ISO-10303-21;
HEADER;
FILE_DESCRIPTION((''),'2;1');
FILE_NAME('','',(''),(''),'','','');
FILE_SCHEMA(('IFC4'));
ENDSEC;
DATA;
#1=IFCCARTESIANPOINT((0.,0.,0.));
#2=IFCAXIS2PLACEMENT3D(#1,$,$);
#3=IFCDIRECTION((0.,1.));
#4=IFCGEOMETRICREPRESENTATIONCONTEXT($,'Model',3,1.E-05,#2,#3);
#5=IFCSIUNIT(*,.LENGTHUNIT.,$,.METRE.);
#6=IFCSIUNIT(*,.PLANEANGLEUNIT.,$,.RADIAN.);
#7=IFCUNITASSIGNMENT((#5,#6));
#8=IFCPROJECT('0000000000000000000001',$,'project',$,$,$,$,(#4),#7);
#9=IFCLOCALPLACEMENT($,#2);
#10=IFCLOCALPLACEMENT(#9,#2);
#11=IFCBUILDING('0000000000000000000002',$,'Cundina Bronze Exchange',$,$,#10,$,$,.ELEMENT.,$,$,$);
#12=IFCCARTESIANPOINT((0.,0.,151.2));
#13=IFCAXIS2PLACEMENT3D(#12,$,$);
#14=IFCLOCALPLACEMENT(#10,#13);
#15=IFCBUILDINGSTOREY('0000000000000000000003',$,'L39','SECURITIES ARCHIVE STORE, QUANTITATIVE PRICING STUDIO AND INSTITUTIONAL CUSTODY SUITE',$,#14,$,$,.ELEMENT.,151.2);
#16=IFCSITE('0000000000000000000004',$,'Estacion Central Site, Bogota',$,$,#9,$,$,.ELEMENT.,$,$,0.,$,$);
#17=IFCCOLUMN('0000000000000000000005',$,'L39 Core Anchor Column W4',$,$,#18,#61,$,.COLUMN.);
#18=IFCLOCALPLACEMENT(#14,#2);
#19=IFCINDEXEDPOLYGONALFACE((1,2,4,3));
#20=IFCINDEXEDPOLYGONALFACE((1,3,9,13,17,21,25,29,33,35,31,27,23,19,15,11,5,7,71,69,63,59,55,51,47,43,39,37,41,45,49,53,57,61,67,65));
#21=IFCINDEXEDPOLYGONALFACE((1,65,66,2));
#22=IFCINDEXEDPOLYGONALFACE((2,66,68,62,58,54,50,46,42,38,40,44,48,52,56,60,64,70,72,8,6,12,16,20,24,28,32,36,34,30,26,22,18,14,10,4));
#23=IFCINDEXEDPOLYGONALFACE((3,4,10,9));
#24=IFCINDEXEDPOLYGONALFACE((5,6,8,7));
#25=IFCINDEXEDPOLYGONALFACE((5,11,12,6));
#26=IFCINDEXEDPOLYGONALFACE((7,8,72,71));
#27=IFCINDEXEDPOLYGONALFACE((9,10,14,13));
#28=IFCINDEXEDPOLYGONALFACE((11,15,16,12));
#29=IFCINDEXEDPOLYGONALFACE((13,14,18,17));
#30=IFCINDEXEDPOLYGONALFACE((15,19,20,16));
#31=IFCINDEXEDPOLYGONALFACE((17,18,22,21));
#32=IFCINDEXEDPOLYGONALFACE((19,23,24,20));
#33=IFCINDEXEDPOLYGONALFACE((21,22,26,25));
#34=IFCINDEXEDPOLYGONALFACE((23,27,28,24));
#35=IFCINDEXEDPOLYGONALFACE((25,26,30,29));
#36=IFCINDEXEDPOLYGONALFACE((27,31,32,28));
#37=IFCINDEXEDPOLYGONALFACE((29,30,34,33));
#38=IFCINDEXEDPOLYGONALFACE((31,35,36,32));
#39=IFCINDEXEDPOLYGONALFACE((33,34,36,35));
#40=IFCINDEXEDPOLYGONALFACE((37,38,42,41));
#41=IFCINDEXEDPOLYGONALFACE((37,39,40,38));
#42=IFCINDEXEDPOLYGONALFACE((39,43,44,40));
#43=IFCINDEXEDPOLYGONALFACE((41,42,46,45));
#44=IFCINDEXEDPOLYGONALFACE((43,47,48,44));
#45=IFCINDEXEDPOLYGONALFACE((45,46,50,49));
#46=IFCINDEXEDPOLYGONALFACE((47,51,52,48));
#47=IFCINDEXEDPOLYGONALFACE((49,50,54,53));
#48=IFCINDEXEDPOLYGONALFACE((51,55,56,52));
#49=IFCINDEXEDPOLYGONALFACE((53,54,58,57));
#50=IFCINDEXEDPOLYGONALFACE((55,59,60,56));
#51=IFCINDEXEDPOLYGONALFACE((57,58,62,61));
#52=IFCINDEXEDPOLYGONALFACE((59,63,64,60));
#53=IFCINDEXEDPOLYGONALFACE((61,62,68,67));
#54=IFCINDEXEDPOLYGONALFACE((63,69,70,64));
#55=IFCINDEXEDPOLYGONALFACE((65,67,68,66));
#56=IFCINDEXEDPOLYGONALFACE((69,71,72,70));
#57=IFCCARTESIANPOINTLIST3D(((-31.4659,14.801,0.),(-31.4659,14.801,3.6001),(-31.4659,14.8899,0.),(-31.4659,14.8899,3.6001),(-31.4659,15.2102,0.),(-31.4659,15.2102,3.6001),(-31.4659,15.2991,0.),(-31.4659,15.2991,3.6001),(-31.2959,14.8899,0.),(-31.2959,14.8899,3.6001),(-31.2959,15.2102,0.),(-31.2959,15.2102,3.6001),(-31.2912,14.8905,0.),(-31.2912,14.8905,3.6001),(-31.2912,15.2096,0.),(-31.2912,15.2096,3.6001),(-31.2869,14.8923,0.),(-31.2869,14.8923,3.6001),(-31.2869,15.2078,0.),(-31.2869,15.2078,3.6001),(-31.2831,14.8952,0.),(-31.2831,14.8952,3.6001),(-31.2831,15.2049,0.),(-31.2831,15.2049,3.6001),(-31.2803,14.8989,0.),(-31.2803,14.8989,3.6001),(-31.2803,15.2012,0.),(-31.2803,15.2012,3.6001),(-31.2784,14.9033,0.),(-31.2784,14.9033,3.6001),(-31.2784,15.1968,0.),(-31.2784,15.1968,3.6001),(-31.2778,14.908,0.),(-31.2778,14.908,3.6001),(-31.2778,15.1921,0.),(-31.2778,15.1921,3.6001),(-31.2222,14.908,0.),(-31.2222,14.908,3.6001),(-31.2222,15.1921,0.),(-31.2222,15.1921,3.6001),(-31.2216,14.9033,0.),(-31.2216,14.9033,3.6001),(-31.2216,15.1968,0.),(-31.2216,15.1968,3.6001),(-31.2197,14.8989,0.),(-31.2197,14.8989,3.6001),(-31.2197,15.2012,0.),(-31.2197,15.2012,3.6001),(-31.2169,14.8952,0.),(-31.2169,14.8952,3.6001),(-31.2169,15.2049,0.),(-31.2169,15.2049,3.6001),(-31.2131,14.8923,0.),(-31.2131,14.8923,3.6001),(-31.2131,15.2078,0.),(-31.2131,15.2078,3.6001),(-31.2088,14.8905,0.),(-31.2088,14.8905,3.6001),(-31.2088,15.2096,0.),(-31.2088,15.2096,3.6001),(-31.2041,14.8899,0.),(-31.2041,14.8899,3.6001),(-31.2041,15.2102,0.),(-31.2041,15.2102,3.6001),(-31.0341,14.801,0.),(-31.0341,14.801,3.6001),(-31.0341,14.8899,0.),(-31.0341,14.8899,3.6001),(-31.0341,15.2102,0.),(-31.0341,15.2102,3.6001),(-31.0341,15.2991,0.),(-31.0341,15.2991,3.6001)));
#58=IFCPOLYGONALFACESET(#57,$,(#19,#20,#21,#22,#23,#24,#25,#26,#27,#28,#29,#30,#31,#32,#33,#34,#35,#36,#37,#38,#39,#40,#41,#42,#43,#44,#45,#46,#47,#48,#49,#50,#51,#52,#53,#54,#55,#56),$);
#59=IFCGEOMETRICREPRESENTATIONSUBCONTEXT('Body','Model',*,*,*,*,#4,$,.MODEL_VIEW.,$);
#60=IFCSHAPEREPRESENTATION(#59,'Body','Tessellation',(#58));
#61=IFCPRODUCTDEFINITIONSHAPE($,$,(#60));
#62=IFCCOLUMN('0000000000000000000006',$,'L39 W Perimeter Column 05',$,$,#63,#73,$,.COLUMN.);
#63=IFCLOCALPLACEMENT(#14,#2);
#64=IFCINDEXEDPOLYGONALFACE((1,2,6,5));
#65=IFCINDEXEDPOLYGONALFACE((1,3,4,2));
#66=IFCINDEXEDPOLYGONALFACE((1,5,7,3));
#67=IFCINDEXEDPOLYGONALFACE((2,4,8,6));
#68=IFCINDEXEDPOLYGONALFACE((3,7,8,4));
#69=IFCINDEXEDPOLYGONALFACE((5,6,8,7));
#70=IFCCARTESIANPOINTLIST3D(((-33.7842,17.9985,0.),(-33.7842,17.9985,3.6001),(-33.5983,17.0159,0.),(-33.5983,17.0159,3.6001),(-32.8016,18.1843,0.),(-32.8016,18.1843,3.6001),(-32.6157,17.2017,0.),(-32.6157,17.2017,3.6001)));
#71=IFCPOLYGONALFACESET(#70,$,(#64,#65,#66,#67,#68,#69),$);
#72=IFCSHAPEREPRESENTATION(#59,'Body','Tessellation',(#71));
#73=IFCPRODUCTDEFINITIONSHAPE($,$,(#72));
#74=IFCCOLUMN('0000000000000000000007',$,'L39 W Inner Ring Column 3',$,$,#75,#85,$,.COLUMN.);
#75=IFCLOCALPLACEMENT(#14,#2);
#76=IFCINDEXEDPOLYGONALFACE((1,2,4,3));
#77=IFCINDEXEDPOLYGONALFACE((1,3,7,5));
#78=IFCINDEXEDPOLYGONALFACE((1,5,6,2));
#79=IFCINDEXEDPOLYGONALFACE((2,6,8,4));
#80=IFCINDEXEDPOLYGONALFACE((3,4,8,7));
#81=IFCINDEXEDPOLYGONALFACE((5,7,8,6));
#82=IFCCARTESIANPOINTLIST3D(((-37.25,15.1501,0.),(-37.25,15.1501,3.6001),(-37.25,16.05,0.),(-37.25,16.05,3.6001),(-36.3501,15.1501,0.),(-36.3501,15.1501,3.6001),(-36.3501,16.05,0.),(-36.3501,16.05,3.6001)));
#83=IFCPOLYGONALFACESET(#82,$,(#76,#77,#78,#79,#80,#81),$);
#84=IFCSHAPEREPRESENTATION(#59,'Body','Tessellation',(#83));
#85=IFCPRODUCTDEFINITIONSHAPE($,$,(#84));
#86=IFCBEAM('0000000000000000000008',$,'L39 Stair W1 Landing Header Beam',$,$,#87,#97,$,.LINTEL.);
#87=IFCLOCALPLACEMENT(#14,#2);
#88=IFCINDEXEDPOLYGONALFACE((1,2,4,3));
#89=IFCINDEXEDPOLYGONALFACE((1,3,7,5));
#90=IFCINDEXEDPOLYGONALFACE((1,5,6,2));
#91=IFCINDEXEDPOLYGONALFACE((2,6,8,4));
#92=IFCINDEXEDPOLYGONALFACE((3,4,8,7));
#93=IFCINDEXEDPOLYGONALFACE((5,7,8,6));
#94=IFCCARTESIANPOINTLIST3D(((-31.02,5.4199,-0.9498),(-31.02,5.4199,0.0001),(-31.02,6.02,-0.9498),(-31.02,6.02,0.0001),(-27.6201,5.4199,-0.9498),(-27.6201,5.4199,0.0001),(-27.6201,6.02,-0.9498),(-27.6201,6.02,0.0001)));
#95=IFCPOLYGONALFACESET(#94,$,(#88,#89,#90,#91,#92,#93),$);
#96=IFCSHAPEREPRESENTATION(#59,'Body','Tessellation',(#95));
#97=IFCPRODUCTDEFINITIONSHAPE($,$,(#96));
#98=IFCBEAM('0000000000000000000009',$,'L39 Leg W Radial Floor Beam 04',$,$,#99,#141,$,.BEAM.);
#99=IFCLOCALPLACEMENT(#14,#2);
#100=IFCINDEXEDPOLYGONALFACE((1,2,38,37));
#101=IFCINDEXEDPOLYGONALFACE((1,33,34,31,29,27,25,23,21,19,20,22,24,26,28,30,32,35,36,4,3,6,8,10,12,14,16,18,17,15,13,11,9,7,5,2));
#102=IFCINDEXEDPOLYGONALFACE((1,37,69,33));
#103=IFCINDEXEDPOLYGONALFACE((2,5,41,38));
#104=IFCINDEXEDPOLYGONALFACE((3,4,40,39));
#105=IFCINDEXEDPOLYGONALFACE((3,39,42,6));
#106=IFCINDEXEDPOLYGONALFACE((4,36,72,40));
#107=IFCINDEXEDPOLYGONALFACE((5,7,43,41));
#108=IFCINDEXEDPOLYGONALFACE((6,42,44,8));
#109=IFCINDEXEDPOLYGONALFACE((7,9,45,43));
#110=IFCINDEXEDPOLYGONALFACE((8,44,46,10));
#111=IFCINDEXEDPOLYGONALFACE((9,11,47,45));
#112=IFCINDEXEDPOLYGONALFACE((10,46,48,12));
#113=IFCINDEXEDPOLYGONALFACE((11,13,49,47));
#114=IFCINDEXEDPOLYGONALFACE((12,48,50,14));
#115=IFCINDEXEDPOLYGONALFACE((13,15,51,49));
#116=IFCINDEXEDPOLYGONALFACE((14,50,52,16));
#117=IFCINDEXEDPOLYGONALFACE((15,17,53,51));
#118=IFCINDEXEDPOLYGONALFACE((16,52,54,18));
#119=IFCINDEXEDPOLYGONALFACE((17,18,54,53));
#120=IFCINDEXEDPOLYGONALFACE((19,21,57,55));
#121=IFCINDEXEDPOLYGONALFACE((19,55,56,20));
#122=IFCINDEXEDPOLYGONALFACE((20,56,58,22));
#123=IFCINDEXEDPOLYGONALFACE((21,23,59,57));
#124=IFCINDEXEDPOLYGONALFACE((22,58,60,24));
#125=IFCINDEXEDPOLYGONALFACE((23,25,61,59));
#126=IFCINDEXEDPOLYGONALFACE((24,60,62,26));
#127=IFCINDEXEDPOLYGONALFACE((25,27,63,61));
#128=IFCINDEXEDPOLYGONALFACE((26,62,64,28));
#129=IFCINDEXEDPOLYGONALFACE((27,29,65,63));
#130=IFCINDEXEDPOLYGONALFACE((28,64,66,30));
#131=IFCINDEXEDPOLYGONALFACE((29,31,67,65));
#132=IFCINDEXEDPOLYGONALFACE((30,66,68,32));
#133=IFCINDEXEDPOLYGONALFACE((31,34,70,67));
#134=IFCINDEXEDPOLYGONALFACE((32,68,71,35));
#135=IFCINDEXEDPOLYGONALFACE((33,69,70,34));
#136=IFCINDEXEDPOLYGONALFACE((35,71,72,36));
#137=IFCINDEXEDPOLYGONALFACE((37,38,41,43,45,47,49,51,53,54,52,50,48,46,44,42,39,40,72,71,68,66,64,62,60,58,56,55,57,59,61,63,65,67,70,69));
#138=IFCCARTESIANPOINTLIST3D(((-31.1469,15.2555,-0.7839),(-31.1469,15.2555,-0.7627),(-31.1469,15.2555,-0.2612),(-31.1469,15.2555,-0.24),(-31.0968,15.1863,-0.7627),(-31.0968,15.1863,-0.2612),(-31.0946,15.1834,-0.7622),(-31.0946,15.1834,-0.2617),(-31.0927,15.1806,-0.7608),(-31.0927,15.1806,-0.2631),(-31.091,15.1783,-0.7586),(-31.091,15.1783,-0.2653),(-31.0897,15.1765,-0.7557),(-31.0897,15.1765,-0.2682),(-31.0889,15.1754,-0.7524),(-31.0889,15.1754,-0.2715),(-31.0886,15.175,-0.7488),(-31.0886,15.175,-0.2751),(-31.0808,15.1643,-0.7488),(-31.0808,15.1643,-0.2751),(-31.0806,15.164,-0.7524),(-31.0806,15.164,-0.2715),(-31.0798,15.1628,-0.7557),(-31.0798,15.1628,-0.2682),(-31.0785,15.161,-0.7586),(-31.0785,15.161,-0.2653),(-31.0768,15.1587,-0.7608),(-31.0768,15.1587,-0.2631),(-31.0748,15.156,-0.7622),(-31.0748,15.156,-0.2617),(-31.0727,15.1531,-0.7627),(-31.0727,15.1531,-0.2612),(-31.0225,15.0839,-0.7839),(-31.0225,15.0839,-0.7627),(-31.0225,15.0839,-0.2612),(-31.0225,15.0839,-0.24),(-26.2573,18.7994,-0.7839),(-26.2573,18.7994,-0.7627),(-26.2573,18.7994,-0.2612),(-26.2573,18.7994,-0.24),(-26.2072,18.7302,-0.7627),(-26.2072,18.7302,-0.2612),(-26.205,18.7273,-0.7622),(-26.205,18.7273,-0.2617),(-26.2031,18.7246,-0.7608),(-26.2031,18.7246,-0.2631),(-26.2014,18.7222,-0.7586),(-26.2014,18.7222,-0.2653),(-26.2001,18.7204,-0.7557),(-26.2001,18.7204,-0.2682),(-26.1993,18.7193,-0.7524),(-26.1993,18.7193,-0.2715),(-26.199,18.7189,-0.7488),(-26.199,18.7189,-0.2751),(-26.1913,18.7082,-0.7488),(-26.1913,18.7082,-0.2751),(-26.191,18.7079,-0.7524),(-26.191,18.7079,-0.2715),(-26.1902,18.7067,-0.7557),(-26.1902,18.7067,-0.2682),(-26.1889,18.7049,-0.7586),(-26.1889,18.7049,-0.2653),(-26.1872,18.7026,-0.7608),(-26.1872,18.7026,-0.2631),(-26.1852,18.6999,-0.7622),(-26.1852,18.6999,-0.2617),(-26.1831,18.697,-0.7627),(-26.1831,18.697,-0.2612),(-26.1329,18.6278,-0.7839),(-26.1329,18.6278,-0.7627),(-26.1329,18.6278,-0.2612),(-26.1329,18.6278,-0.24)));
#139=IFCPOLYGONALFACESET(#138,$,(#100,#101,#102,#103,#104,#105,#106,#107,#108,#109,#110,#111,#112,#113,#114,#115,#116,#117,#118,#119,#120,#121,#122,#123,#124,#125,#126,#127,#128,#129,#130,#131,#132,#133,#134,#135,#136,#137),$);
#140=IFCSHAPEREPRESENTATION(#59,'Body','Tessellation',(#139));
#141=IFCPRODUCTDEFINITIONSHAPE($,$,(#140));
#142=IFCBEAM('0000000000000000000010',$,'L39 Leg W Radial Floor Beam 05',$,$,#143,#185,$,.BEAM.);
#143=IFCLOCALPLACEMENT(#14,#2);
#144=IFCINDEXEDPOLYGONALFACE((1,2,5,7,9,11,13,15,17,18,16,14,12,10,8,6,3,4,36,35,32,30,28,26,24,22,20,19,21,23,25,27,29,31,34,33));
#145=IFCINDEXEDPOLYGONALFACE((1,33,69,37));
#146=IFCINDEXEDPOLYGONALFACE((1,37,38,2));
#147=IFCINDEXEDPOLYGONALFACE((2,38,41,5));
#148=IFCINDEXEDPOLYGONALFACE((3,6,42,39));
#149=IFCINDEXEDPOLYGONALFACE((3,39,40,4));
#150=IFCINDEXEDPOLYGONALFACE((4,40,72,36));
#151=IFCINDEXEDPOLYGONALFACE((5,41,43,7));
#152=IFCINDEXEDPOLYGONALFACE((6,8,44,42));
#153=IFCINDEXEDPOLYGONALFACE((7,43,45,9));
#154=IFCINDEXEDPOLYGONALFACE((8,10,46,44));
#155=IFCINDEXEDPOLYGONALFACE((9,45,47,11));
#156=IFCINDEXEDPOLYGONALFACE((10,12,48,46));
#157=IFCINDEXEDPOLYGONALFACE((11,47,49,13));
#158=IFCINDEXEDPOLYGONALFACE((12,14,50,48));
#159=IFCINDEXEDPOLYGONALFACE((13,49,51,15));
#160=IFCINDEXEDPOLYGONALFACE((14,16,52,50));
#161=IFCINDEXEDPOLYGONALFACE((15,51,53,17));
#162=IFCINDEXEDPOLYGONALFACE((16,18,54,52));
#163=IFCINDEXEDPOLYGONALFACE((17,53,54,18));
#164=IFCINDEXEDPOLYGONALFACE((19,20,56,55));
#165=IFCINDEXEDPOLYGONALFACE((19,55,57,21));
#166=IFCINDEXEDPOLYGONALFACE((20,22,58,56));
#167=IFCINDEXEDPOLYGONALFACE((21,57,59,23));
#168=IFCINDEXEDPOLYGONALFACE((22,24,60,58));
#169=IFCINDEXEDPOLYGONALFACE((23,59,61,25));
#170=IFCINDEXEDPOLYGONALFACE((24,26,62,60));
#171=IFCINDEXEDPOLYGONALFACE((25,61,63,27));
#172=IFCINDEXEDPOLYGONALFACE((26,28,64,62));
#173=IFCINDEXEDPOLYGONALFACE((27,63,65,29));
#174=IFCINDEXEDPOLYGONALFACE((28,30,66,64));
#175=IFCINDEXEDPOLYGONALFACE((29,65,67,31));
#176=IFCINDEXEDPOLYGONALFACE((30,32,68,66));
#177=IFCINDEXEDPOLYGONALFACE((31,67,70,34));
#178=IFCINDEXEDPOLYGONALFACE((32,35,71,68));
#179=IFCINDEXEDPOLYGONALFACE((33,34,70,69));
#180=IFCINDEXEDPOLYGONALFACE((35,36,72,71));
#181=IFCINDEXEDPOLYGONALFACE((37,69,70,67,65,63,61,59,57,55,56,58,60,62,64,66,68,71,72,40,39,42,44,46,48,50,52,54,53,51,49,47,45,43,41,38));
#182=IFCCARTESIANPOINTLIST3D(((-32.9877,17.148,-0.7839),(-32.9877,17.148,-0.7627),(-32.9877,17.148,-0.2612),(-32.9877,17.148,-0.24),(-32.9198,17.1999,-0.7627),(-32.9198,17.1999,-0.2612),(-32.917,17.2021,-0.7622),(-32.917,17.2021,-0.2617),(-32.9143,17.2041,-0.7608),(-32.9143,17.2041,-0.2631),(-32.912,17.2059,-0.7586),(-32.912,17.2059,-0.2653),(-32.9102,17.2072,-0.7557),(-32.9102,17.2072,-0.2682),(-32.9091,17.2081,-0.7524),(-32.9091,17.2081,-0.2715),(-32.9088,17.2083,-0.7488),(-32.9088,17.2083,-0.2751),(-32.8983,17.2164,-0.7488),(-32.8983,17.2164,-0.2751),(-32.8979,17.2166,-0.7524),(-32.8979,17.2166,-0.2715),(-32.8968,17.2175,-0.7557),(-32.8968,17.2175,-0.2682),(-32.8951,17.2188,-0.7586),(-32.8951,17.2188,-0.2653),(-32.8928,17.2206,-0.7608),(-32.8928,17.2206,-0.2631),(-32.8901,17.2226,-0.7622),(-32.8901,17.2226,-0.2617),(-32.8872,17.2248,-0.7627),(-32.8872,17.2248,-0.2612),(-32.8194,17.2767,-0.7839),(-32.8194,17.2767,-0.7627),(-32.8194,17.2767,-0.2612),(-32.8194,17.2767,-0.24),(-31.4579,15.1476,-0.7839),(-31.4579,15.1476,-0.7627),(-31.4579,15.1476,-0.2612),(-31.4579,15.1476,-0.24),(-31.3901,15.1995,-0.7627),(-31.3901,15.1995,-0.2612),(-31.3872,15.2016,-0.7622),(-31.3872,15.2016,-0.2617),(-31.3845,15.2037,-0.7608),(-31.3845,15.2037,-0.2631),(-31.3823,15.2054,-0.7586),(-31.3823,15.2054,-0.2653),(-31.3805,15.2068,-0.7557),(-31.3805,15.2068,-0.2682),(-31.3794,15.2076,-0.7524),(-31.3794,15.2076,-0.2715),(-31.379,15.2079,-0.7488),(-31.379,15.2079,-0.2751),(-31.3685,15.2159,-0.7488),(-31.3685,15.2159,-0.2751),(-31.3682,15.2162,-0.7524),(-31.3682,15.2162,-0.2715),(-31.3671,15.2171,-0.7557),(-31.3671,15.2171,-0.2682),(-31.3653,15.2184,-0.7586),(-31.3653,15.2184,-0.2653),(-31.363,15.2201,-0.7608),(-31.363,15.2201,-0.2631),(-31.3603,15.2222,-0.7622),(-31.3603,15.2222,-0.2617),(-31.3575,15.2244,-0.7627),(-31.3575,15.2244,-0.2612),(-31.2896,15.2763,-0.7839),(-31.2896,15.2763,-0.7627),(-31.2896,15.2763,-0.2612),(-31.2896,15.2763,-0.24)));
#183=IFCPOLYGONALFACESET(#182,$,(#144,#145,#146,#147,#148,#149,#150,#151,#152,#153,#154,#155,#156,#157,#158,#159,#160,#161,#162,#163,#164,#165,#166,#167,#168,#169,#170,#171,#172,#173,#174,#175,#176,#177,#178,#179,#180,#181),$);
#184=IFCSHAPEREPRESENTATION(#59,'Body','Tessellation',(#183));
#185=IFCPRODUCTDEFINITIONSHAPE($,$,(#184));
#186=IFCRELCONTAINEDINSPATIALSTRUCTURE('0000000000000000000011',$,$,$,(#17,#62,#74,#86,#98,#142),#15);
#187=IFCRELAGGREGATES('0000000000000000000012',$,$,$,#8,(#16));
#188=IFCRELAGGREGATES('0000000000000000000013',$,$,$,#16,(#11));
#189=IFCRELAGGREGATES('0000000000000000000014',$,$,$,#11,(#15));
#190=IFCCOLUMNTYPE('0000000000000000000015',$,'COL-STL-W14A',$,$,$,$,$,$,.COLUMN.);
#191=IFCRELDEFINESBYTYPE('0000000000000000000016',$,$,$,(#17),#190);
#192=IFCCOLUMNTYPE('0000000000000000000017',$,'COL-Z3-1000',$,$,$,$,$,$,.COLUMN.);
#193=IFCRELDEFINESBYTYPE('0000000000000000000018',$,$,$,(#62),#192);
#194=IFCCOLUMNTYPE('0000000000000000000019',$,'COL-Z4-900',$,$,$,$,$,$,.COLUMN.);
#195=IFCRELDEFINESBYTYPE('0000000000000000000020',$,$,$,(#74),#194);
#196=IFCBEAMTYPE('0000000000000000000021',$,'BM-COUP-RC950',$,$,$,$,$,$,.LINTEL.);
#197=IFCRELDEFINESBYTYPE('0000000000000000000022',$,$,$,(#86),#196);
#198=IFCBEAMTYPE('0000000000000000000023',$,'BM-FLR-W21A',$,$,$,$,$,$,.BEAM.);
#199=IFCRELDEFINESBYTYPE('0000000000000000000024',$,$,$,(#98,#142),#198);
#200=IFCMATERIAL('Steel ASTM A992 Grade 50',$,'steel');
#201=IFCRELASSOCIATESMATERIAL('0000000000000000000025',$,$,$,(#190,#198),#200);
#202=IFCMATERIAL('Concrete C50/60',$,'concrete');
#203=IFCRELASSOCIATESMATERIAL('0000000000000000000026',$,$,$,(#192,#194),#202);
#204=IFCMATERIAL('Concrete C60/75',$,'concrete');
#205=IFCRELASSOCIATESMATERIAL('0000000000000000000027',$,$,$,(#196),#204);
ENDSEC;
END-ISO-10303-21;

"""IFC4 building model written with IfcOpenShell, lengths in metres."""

from ifc_helpers import new_model, si_unit, direction, frame, origin, origin_2d, place, context, subcontext, project, spatial, rectangle, i_section, extrude, material, material_profile, profile_set, type_object, element, save


model = new_model("IFC4")

# Units and contexts
model_context = context("Model", 3, precision=1e-05, world=origin(), true_north=direction((0.0, 1.0)))
body_context = subcontext(model_context, "Body", "Model", "MODEL_VIEW")
ifc_project = project(units=[si_unit("LENGTHUNIT", "METRE"), si_unit("PLANEANGLEUNIT", "RADIAN")], contexts=[model_context])

# Site, building, storey
site_placement = place(None, origin())
site = spatial("IfcSite", under=ifc_project, at=site_placement, Name="Estacion Central Site, Bogota", CompositionType="ELEMENT", RefElevation=0.0)
building_placement = place(site_placement, origin())
building = spatial("IfcBuilding", under=site, at=building_placement, Name="Cundina Bronze Exchange", CompositionType="ELEMENT")
storey_placement = place(building_placement, frame((0.0, 0.0, 151.2)))
storey = spatial("IfcBuildingStorey", under=building, at=storey_placement, Name="L39", Description="SECURITIES ARCHIVE STORE, QUANTITATIVE PRICING STUDIO AND INSTITUTIONAL CUSTODY SUITE", CompositionType="ELEMENT", Elevation=151.2)

# Columns
ifc_material_1 = material(Name="Steel ASTM A992 Grade 50", Category="steel")
ifc_material_profile_1 = material_profile(ifc_material_1, i_section(OverallWidth=0.4319, OverallDepth=0.498, WebThickness=0.0557, FlangeThickness=0.0889, FilletRadius=0.0181, at=origin_2d()), Name="W14X500", Category="steel")
ifc_profile_set_1 = profile_set([ifc_material_profile_1], Name="Steel ASTM A992 Grade 50")
column_type_1 = type_object("IfcColumnType", Name="COL-STL-W14A", PredefinedType="COLUMN", material=ifc_profile_set_1)
column_1_placement = place(storey_placement, frame((-31.25, 15.05, 0.0), z_axis=(0.0, 0.0, 1.0), x_axis=(1.0, 0.0, 0.0)))
element("IfcColumn", 1, at=column_1_placement, inside=storey, type_object=column_type_1, Name="L39 Core Anchor Column W4", PredefinedType="COLUMN", context=body_context, shape_type="SweptSolid", body=[
    extrude(i_section(OverallWidth=0.4319, OverallDepth=0.498, WebThickness=0.0557, FlangeThickness=0.0889, FilletRadius=0.0181, at=origin_2d()), origin(), (0.0, 0.0, 1.0), 3.6001),
])
ifc_material_2 = material(Name="Concrete C50/60", Category="concrete")
ifc_material_profile_2 = material_profile(ifc_material_2, rectangle(XDim=1.0, YDim=1.0, at=origin_2d()), Name="RC1000X1000", Category="concrete")
ifc_profile_set_2 = profile_set([ifc_material_profile_2], Name="Concrete C50/60")
column_type_2 = type_object("IfcColumnType", Name="COL-Z3-1000", PredefinedType="COLUMN", material=ifc_profile_set_2)
column_2_placement = place(storey_placement, frame((-33.2, 17.6001, 0.0), z_axis=(0.0, 0.0, 1.0), x_axis=(-0.98258, -0.185838, 0.0)))
element("IfcColumn", 2, at=column_2_placement, inside=storey, type_object=column_type_2, Name="L39 W Perimeter Column 05", PredefinedType="COLUMN", context=body_context, shape_type="SweptSolid", body=[
    extrude(rectangle(XDim=1.0, YDim=1.0, at=origin_2d()), origin(), (0.0, 0.0, 1.0), 3.6001),
])
ifc_material_profile_3 = material_profile(ifc_material_2, rectangle(XDim=0.8999, YDim=0.8999, at=origin_2d()), Name="RC900X900", Category="concrete")
ifc_profile_set_3 = profile_set([ifc_material_profile_3], Name="Concrete C50/60")
column_type_3 = type_object("IfcColumnType", Name="COL-Z4-900", PredefinedType="COLUMN", material=ifc_profile_set_3)
column_3_placement = place(storey_placement, frame((-36.8, 15.6001, 0.0), z_axis=(0.0, 0.0, 1.0), x_axis=(1.0, 0.0, 0.0)))
element("IfcColumn", 3, at=column_3_placement, inside=storey, type_object=column_type_3, Name="L39 W Inner Ring Column 3", PredefinedType="COLUMN", context=body_context, shape_type="SweptSolid", body=[
    extrude(rectangle(XDim=0.8999, YDim=0.8999, at=origin_2d()), origin(), (0.0, 0.0, 1.0), 3.6001),
])

# Beams
ifc_material_3 = material(Name="Concrete C60/75", Category="concrete")
ifc_material_profile_4 = material_profile(ifc_material_3, rectangle(XDim=0.6001, YDim=0.95, at=origin_2d()), Name="RC600X950", Category="concrete")
ifc_profile_set_4 = profile_set([ifc_material_profile_4], Name="Concrete C60/75")
beam_type_1 = type_object("IfcBeamType", Name="BM-COUP-RC950", PredefinedType="LINTEL", material=ifc_profile_set_4)
beam_1_placement = place(storey_placement, frame((-31.02, 5.72, -0.4749), z_axis=(1.0, 0.0, 0.0), x_axis=(0.0, 1.0, 0.0)))
element("IfcBeam", 4, at=beam_1_placement, inside=storey, type_object=beam_type_1, Name="L39 Stair W1 Landing Header Beam", PredefinedType="LINTEL", context=body_context, shape_type="SweptSolid", body=[
    extrude(rectangle(XDim=0.6001, YDim=0.95, at=origin_2d()), origin(), (0.0, 0.0, 1.0), 3.3999),
])
ifc_material_profile_5 = material_profile(ifc_material_1, i_section(OverallWidth=0.2119, OverallDepth=0.5439, WebThickness=0.0132, FlangeThickness=0.0212, FilletRadius=0.0139, at=origin_2d()), Name="W21X83", Category="steel")
ifc_profile_set_5 = profile_set([ifc_material_profile_5], Name="Steel ASTM A992 Grade 50")
beam_type_2 = type_object("IfcBeamType", Name="BM-FLR-W21A", PredefinedType="BEAM", material=ifc_profile_set_5)
beam_2_placement = place(storey_placement, frame((-31.0847, 15.1697, -0.512), z_axis=(0.809693, 0.586854, 0.0), x_axis=(-0.586854, 0.809693, 0.0)))
element("IfcBeam", 5, at=beam_2_placement, inside=storey, type_object=beam_type_2, Name="L39 Leg W Radial Floor Beam 04", PredefinedType="BEAM", context=body_context, shape_type="SweptSolid", body=[
    extrude(i_section(OverallWidth=0.2119, OverallDepth=0.5439, WebThickness=0.0132, FlangeThickness=0.0212, FilletRadius=0.0139, at=origin_2d()), origin(), (0.0, 0.0, 1.0), 6.0388),
])
beam_3_placement = place(storey_placement, frame((-31.3738, 15.2119, -0.512), z_axis=(-0.60745, 0.794358, 0.0), x_axis=(-0.794358, -0.60745, 0.0)))
element("IfcBeam", 6, at=beam_3_placement, inside=storey, type_object=beam_type_2, Name="L39 Leg W Radial Floor Beam 05", PredefinedType="BEAM", context=body_context, shape_type="SweptSolid", body=[
    extrude(i_section(OverallWidth=0.2119, OverallDepth=0.5439, WebThickness=0.0132, FlangeThickness=0.0212, FilletRadius=0.0139, at=origin_2d()), origin(), (0.0, 0.0, 1.0), 2.5183),
])

save(model, "model.ifc")
